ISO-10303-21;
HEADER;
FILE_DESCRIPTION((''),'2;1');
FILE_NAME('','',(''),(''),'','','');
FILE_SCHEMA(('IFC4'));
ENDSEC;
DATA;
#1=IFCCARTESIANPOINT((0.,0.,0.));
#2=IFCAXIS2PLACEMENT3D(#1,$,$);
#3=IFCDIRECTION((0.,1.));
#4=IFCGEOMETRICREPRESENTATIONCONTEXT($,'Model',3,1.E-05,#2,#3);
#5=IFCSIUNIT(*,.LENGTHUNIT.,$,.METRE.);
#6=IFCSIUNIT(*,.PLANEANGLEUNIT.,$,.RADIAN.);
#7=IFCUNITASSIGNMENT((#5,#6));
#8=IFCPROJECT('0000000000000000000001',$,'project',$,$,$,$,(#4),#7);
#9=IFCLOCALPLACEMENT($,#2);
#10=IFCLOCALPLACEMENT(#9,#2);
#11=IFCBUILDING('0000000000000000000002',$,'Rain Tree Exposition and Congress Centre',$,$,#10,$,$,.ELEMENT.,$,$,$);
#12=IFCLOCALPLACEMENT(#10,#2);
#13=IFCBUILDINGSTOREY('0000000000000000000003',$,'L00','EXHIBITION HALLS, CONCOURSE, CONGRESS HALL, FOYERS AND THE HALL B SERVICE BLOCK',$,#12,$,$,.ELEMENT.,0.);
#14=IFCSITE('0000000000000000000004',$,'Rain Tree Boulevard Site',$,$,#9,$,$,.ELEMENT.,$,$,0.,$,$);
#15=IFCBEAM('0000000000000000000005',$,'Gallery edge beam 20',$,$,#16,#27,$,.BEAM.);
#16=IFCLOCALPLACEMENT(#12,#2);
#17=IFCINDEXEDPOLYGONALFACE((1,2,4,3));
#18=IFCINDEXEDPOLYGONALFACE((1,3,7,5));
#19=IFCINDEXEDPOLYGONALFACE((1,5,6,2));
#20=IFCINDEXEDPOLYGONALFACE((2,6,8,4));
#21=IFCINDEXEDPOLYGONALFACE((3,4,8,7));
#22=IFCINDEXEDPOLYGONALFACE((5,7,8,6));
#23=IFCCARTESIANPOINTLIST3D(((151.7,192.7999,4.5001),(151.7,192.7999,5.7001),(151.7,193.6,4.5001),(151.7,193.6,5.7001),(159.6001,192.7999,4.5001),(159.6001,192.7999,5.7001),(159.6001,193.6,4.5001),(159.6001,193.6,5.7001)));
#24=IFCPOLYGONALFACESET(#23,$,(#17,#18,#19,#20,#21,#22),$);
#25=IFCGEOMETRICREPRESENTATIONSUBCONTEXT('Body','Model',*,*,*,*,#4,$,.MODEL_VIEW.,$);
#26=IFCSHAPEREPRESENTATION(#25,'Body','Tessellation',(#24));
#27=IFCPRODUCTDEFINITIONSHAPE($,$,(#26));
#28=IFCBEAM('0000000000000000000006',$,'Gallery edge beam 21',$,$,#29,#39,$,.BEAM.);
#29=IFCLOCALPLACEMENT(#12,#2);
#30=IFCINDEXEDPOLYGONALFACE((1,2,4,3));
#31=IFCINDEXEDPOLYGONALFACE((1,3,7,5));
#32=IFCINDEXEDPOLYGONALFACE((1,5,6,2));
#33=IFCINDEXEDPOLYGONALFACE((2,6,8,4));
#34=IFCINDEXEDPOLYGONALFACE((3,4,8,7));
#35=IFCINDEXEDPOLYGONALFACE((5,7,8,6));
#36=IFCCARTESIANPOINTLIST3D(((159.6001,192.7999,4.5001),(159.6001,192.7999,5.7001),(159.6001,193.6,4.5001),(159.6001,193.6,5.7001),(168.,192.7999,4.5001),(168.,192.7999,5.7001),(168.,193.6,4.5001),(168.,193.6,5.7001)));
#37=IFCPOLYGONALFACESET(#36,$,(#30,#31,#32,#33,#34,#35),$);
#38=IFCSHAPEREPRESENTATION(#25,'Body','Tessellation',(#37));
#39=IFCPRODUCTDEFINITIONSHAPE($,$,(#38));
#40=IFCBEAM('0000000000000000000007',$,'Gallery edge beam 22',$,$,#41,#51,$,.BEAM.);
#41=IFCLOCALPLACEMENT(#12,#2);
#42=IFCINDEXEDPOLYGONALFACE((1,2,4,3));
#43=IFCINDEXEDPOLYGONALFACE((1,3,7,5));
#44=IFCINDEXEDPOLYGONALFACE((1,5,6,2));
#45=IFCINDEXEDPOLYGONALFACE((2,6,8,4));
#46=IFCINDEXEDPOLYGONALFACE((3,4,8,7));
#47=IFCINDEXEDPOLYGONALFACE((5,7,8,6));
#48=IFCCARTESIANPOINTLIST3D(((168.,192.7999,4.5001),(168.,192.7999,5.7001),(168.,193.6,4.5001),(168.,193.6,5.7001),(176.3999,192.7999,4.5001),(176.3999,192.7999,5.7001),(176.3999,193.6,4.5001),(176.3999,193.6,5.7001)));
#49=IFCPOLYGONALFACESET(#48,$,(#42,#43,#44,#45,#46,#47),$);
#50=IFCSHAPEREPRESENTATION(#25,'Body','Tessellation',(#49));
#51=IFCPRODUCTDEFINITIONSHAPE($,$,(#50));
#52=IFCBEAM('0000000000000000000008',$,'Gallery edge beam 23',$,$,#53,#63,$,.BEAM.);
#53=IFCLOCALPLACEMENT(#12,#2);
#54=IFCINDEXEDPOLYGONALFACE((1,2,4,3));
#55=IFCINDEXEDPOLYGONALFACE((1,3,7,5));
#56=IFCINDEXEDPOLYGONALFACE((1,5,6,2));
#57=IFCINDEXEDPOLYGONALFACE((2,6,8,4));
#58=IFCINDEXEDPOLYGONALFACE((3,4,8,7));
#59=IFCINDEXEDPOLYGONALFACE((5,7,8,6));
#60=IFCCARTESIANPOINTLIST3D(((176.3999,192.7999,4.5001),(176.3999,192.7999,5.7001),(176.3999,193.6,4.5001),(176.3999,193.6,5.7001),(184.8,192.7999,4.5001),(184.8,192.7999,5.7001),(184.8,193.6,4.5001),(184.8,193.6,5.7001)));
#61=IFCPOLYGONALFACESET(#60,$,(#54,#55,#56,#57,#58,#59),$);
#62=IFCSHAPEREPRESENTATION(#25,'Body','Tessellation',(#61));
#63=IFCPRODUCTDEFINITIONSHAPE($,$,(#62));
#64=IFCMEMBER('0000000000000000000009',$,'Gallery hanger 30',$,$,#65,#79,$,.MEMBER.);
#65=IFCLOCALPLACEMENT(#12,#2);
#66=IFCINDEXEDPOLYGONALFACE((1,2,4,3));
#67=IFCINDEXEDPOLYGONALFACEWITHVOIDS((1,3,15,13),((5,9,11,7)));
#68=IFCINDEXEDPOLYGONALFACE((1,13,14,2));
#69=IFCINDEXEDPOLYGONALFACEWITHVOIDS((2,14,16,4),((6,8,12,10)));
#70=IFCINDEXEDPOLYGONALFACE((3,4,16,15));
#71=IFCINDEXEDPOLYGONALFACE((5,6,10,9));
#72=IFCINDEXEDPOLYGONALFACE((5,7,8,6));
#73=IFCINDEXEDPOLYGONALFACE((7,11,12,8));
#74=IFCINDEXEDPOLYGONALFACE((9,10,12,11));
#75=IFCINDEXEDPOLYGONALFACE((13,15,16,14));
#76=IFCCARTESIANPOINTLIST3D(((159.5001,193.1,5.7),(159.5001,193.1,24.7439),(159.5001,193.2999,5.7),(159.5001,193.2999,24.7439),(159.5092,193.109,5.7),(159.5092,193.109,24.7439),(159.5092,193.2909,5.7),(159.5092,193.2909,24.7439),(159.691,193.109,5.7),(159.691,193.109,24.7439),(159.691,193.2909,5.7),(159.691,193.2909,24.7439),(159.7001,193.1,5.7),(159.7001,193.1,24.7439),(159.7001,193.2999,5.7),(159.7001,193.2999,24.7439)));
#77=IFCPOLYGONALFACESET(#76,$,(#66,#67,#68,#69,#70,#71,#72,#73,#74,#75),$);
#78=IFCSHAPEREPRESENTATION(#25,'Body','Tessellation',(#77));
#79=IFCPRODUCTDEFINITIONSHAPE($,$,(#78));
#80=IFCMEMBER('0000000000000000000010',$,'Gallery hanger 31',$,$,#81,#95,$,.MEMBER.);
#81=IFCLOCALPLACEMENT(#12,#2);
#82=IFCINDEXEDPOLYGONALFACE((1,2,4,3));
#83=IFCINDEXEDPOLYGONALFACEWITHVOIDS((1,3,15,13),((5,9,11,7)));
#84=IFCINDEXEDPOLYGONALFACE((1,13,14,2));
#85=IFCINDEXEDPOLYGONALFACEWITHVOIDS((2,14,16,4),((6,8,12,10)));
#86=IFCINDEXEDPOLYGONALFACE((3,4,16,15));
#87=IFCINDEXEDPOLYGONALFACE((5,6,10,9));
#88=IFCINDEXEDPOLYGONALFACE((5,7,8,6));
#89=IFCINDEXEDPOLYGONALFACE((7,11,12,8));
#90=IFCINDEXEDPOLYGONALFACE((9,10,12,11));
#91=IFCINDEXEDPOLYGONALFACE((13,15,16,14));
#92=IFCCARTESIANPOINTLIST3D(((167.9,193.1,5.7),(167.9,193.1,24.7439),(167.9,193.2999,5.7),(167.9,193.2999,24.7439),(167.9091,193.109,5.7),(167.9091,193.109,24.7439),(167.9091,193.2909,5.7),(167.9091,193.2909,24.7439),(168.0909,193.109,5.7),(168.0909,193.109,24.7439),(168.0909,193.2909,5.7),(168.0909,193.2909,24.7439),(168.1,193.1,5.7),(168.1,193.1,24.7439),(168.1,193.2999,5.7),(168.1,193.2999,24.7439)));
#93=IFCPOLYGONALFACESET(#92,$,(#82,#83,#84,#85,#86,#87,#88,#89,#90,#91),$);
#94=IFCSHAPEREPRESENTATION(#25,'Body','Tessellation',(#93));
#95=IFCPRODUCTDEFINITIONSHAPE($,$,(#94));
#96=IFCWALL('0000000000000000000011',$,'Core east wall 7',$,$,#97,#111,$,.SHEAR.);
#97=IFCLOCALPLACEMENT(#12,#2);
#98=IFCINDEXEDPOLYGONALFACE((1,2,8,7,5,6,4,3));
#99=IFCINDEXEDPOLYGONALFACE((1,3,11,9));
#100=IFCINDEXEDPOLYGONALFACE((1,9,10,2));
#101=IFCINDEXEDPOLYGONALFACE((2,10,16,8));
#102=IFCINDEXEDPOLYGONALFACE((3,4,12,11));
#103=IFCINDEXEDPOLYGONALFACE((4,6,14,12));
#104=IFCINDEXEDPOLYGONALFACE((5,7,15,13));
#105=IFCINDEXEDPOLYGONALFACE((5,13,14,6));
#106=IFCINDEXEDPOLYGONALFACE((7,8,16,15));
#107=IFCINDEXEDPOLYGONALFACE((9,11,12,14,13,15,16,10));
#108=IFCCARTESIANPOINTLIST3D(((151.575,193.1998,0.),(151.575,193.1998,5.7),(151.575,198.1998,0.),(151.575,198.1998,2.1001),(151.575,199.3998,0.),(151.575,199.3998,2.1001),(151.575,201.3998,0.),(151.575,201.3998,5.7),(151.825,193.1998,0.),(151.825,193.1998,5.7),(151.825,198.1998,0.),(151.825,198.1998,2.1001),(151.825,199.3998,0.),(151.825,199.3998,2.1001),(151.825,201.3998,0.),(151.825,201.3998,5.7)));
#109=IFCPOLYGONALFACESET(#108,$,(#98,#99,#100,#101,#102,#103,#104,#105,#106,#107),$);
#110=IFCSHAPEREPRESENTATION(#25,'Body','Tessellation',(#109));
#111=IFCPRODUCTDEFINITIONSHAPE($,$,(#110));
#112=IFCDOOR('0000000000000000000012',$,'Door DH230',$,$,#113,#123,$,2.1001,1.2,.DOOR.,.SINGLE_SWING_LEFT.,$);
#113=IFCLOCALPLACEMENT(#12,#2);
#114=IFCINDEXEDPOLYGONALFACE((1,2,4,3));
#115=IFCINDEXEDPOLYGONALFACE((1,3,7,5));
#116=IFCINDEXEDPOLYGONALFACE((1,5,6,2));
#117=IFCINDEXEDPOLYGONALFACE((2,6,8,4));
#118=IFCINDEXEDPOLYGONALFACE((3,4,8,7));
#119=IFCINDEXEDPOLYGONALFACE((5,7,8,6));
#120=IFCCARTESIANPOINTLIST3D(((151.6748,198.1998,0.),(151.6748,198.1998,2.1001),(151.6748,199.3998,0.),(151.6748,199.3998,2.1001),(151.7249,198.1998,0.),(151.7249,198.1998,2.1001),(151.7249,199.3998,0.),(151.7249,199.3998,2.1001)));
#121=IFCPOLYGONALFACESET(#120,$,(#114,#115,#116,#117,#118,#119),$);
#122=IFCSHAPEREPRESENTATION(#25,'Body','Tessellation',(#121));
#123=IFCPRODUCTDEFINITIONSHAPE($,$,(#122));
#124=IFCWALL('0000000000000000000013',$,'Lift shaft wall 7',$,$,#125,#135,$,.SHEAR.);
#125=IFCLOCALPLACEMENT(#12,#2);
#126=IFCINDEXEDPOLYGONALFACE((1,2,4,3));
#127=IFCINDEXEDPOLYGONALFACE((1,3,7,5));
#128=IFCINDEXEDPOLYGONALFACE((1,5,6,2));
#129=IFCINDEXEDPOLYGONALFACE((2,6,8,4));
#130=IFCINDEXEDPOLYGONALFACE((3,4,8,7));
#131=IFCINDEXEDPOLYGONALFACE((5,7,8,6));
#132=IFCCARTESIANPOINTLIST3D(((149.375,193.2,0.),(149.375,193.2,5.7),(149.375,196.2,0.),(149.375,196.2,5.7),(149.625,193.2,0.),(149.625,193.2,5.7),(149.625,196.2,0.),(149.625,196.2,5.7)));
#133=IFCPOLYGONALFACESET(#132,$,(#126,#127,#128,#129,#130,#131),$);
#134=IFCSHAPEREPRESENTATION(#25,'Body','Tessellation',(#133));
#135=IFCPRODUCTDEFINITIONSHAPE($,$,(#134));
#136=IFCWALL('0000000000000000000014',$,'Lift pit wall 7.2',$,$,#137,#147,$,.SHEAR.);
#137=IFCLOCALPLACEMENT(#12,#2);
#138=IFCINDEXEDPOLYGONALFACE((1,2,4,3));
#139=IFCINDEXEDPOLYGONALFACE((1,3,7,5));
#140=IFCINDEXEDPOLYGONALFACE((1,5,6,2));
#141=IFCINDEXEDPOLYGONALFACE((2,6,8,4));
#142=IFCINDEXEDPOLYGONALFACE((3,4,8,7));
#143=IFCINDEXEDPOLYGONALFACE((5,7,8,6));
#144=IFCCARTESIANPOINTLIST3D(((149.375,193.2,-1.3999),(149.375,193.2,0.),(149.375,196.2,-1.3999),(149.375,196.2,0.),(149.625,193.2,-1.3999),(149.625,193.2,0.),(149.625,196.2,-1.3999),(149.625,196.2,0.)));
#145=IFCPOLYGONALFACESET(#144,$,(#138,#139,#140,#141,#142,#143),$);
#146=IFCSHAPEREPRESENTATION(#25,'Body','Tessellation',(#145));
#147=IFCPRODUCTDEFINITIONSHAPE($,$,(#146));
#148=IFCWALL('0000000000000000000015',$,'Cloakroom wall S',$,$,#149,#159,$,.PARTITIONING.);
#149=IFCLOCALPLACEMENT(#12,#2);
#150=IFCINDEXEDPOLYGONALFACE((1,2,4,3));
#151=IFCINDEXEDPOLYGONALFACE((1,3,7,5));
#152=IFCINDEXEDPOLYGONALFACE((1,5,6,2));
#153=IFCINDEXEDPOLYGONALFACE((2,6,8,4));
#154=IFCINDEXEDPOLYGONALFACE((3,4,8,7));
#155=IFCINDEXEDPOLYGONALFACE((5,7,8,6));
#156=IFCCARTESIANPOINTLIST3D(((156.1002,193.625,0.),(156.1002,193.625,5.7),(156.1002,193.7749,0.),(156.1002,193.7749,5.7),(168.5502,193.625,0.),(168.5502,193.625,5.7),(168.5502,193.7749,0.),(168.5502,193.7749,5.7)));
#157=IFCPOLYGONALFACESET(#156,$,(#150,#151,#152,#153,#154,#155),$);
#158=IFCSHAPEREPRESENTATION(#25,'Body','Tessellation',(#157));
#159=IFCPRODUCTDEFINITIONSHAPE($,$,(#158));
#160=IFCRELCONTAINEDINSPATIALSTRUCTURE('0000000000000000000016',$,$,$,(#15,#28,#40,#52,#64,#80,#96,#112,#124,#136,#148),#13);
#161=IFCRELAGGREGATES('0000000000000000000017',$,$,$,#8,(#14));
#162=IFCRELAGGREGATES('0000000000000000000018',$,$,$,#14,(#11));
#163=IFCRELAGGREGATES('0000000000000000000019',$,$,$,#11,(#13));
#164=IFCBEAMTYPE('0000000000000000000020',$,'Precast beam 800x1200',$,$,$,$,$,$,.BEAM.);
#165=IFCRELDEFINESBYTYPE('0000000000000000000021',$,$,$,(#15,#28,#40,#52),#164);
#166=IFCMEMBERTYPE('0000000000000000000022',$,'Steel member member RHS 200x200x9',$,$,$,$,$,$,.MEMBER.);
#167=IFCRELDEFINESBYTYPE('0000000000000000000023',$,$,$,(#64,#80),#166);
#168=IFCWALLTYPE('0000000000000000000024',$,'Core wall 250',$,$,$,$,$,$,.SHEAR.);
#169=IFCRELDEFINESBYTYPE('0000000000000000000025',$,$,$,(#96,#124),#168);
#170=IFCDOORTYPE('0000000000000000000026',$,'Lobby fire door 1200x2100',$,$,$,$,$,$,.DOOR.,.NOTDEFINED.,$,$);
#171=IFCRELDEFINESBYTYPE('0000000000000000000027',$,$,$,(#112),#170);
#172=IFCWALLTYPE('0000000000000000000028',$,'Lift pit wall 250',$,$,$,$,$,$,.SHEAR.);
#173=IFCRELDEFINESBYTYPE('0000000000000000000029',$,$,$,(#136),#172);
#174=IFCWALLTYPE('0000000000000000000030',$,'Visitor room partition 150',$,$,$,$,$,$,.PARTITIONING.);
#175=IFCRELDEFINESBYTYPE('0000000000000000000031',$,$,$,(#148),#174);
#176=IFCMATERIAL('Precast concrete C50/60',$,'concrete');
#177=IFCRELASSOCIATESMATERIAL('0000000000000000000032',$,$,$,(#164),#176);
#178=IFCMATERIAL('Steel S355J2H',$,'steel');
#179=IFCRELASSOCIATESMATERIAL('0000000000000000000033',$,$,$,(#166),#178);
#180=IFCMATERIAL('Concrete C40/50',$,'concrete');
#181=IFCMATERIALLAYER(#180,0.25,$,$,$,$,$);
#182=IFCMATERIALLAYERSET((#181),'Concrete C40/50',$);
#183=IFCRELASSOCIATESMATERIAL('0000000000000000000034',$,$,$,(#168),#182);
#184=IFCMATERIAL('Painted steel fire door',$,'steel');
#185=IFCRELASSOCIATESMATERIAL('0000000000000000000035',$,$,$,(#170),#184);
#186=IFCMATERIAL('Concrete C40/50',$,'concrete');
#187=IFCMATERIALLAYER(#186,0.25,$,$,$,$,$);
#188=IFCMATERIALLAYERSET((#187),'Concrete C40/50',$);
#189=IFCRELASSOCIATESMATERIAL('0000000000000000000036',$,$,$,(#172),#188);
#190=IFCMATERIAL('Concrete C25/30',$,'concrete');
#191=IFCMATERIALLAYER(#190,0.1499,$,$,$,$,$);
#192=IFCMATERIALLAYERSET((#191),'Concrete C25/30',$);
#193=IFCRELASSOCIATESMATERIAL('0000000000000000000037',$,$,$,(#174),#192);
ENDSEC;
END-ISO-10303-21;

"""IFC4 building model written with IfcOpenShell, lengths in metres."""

from ifc_helpers import new_model, si_unit, direction, frame, frame_2d, origin, origin_2d, place, context, subcontext, project, spatial, rectangle, hollow_rectangle, extrude, material, layer, layer_set, material_profile, profile_set, type_object, element, fill, save


model = new_model("IFC4")

# Units and contexts
model_context = context("Model", 3, precision=1e-05, world=origin(), true_north=direction((0.0, 1.0)))
body_context = subcontext(model_context, "Body", "Model", "MODEL_VIEW")
ifc_project = project(units=[si_unit("LENGTHUNIT", "METRE"), si_unit("PLANEANGLEUNIT", "RADIAN")], contexts=[model_context])

# Site, building, storey
site_placement = place(None, origin())
site = spatial("IfcSite", under=ifc_project, at=site_placement, Name="Rain Tree Boulevard Site", CompositionType="ELEMENT", RefElevation=0.0)
building_placement = place(site_placement, origin())
building = spatial("IfcBuilding", under=site, at=building_placement, Name="Rain Tree Exposition and Congress Centre", CompositionType="ELEMENT")
storey_placement = place(building_placement, origin())
storey = spatial("IfcBuildingStorey", under=building, at=storey_placement, Name="L00", Description="EXHIBITION HALLS, CONCOURSE, CONGRESS HALL, FOYERS AND THE HALL B SERVICE BLOCK", CompositionType="ELEMENT", Elevation=0.0)

# Beams
ifc_material_1 = material(Name="Precast concrete C50/60", Category="concrete")
ifc_material_profile_1 = material_profile(ifc_material_1, rectangle(XDim=0.8, YDim=1.2, at=origin_2d()), Name="RC 800x1200")
ifc_profile_set_1 = profile_set([ifc_material_profile_1], Name="Precast concrete C50/60")
beam_type = type_object("IfcBeamType", Name="Precast beam 800x1200", PredefinedType="BEAM", material=ifc_profile_set_1)
beam_1_placement = place(storey_placement, frame((151.7, 193.2, 5.1001), z_axis=(1.0, 0.0, 0.0), x_axis=(0.0, 1.0, 0.0)))
element("IfcBeam", 1, at=beam_1_placement, inside=storey, type_object=beam_type, Name="Gallery edge beam 20", PredefinedType="BEAM", context=body_context, shape_type="SweptSolid", body=[
    extrude(rectangle(XDim=0.8, YDim=1.2, at=origin_2d()), origin(), (0.0, 0.0, 1.0), 7.9001),
])
for number, where, z_axis, x_axis, name in (
    (2, (159.6001, 193.2, 5.1001), (1.0, 0.0, 0.0), (0.0, 1.0, 0.0), "Gallery edge beam 21"),
    (3, (168.0, 193.2, 5.1001), (1.0, 0.0, 0.0), (0.0, 1.0, 0.0), "Gallery edge beam 22"),
):
    element("IfcBeam", number, at=place(storey_placement, frame(where, z_axis=z_axis, x_axis=x_axis)), inside=storey, type_object=beam_type, Name=name, PredefinedType="BEAM", context=body_context, shape_type="SweptSolid", body=[
        extrude(rectangle(XDim=0.8, YDim=1.2, at=origin_2d()), origin(), (0.0, 0.0, 1.0), 8.3999),
    ])
beam_2_placement = place(storey_placement, frame((176.3999, 193.2, 5.1001), z_axis=(1.0, 0.0, 0.0), x_axis=(0.0, 1.0, 0.0)))
element("IfcBeam", 4, at=beam_2_placement, inside=storey, type_object=beam_type, Name="Gallery edge beam 23", PredefinedType="BEAM", context=body_context, shape_type="SweptSolid", body=[
    extrude(rectangle(XDim=0.8, YDim=1.2, at=origin_2d()), origin(), (0.0, 0.0, 1.0), 8.4001),
])

# Members
ifc_material_2 = material(Name="Steel S355J2H", Category="steel")
ifc_material_profile_2 = material_profile(ifc_material_2, hollow_rectangle(XDim=0.2, YDim=0.2, WallThickness=0.009, at=origin_2d()), Name="RHS 200x200x9")
ifc_profile_set_2 = profile_set([ifc_material_profile_2], Name="Steel S355J2H")
member_type = type_object("IfcMemberType", Name="Steel member member RHS 200x200x9", PredefinedType="MEMBER", material=ifc_profile_set_2)
for number, where, z_axis, x_axis, name in (
    (5, (159.6001, 193.2, 5.7), (0.0, 0.0, 1.0), (1.0, 0.0, 0.0), "Gallery hanger 30"),
    (6, (168.0, 193.2, 5.7), (0.0, 0.0, 1.0), (1.0, 0.0, 0.0), "Gallery hanger 31"),
):
    element("IfcMember", number, at=place(storey_placement, frame(where, z_axis=z_axis, x_axis=x_axis)), inside=storey, type_object=member_type, Name=name, PredefinedType="MEMBER", context=body_context, shape_type="SweptSolid", body=[
        extrude(hollow_rectangle(XDim=0.2, YDim=0.2, WallThickness=0.009, at=origin_2d()), origin(), (0.0, 0.0, 1.0), 19.0439),
    ])

# Wall, opening, door
ifc_material_3 = material(Name="Concrete C40/50", Category="concrete")
ifc_layer_1 = layer(ifc_material_3, 0.25)
ifc_layer_set_1 = layer_set([ifc_layer_1], Name="Concrete C40/50")
wall_type_1 = type_object("IfcWallType", Name="Core wall 250", PredefinedType="SHEAR", material=ifc_layer_set_1)
wall_1_placement = place(storey_placement, frame((151.7, 201.3999, 0.0), z_axis=(0.0, 0.0, 1.0), x_axis=(0.0, -1.0, 0.0)))
wall_1 = element("IfcWall", 7, at=wall_1_placement, inside=storey, type_object=wall_type_1, Name="Core east wall 7", PredefinedType="SHEAR", context=body_context, shape_type="SweptSolid", body=[
    extrude(rectangle(XDim=8.2, YDim=0.25, at=frame_2d((4.1001, 0.0))), origin(), (0.0, 0.0, 1.0), 5.7),
])
opening_1_placement = place(wall_1_placement, frame((2.0, 0.0, 0.0)))
opening_1 = element("IfcOpeningElement", 8, at=opening_1_placement, cuts=wall_1, PredefinedType="OPENING", context=body_context, shape_type="SweptSolid", body=[
    extrude(rectangle(XDim=1.2, YDim=2.1001, at=frame_2d((0.6001, 1.05))), frame((0.0, 0.125, 0.0), z_axis=(0.0, -1.0, 0.0), x_axis=(1.0, 0.0, 0.0)), (0.0, 0.0, 1.0), 0.25),
])
ifc_material_4 = material(Name="Painted steel fire door", Category="steel")
door_type_1 = type_object("IfcDoorType", Name="Lobby fire door 1200x2100", OperationType="NOTDEFINED", PredefinedType="DOOR", material=ifc_material_4)
door_1_placement = place(opening_1_placement, origin())
door_1 = element("IfcDoor", 9, at=door_1_placement, inside=storey, type_object=door_type_1, Name="Door DH230", OperationType="SINGLE_SWING_LEFT", OverallHeight=2.1001, OverallWidth=1.2, PredefinedType="DOOR", context=body_context, shape_type="SweptSolid", body=[
    extrude(rectangle(XDim=1.2, YDim=2.1001, at=frame_2d((0.6001, 1.05))), frame((0.0, 0.0249, 0.0), z_axis=(0.0, -1.0, 0.0), x_axis=(1.0, 0.0, 0.0)), (0.0, 0.0, 1.0), 0.05),
])
fill(opening_1, door_1)

# Walls
wall_2_placement = place(storey_placement, frame((149.5, 196.2, 0.0), z_axis=(0.0, 0.0, 1.0), x_axis=(0.0, -1.0, 0.0)))
element("IfcWall", 10, at=wall_2_placement, inside=storey, type_object=wall_type_1, Name="Lift shaft wall 7", PredefinedType="SHEAR", context=body_context, shape_type="SweptSolid", body=[
    extrude(rectangle(XDim=3.0, YDim=0.25, at=frame_2d((1.5, 0.0))), origin(), (0.0, 0.0, 1.0), 5.7),
])
ifc_material_5 = material(Name="Concrete C40/50", Category="concrete")
ifc_layer_2 = layer(ifc_material_5, 0.25)
ifc_layer_set_2 = layer_set([ifc_layer_2], Name="Concrete C40/50")
wall_type_2 = type_object("IfcWallType", Name="Lift pit wall 250", PredefinedType="SHEAR", material=ifc_layer_set_2)
wall_3_placement = place(storey_placement, frame((149.5, 196.2, -1.3999), z_axis=(0.0, 0.0, 1.0), x_axis=(0.0, -1.0, 0.0)))
element("IfcWall", 11, at=wall_3_placement, inside=storey, type_object=wall_type_2, Name="Lift pit wall 7.2", PredefinedType="SHEAR", context=body_context, shape_type="SweptSolid", body=[
    extrude(rectangle(XDim=3.0, YDim=0.25, at=frame_2d((1.5, 0.0))), origin(), (0.0, 0.0, 1.0), 1.3999),
])
ifc_material_6 = material(Name="Concrete C25/30", Category="concrete")
ifc_layer_3 = layer(ifc_material_6, 0.1499)
ifc_layer_set_3 = layer_set([ifc_layer_3], Name="Concrete C25/30")
wall_type_3 = type_object("IfcWallType", Name="Visitor room partition 150", PredefinedType="PARTITIONING", material=ifc_layer_set_3)
wall_4_placement = place(storey_placement, frame((156.1001, 193.7, 0.0), z_axis=(0.0, 0.0, 1.0), x_axis=(1.0, 0.0, 0.0)))
element("IfcWall", 12, at=wall_4_placement, inside=storey, type_object=wall_type_3, Name="Cloakroom wall S", PredefinedType="PARTITIONING", context=body_context, shape_type="SweptSolid", body=[
    extrude(rectangle(XDim=12.45, YDim=0.1499, at=frame_2d((6.2251, 0.0))), origin(), (0.0, 0.0, 1.0), 5.7),
])

save(model, "model.ifc")
